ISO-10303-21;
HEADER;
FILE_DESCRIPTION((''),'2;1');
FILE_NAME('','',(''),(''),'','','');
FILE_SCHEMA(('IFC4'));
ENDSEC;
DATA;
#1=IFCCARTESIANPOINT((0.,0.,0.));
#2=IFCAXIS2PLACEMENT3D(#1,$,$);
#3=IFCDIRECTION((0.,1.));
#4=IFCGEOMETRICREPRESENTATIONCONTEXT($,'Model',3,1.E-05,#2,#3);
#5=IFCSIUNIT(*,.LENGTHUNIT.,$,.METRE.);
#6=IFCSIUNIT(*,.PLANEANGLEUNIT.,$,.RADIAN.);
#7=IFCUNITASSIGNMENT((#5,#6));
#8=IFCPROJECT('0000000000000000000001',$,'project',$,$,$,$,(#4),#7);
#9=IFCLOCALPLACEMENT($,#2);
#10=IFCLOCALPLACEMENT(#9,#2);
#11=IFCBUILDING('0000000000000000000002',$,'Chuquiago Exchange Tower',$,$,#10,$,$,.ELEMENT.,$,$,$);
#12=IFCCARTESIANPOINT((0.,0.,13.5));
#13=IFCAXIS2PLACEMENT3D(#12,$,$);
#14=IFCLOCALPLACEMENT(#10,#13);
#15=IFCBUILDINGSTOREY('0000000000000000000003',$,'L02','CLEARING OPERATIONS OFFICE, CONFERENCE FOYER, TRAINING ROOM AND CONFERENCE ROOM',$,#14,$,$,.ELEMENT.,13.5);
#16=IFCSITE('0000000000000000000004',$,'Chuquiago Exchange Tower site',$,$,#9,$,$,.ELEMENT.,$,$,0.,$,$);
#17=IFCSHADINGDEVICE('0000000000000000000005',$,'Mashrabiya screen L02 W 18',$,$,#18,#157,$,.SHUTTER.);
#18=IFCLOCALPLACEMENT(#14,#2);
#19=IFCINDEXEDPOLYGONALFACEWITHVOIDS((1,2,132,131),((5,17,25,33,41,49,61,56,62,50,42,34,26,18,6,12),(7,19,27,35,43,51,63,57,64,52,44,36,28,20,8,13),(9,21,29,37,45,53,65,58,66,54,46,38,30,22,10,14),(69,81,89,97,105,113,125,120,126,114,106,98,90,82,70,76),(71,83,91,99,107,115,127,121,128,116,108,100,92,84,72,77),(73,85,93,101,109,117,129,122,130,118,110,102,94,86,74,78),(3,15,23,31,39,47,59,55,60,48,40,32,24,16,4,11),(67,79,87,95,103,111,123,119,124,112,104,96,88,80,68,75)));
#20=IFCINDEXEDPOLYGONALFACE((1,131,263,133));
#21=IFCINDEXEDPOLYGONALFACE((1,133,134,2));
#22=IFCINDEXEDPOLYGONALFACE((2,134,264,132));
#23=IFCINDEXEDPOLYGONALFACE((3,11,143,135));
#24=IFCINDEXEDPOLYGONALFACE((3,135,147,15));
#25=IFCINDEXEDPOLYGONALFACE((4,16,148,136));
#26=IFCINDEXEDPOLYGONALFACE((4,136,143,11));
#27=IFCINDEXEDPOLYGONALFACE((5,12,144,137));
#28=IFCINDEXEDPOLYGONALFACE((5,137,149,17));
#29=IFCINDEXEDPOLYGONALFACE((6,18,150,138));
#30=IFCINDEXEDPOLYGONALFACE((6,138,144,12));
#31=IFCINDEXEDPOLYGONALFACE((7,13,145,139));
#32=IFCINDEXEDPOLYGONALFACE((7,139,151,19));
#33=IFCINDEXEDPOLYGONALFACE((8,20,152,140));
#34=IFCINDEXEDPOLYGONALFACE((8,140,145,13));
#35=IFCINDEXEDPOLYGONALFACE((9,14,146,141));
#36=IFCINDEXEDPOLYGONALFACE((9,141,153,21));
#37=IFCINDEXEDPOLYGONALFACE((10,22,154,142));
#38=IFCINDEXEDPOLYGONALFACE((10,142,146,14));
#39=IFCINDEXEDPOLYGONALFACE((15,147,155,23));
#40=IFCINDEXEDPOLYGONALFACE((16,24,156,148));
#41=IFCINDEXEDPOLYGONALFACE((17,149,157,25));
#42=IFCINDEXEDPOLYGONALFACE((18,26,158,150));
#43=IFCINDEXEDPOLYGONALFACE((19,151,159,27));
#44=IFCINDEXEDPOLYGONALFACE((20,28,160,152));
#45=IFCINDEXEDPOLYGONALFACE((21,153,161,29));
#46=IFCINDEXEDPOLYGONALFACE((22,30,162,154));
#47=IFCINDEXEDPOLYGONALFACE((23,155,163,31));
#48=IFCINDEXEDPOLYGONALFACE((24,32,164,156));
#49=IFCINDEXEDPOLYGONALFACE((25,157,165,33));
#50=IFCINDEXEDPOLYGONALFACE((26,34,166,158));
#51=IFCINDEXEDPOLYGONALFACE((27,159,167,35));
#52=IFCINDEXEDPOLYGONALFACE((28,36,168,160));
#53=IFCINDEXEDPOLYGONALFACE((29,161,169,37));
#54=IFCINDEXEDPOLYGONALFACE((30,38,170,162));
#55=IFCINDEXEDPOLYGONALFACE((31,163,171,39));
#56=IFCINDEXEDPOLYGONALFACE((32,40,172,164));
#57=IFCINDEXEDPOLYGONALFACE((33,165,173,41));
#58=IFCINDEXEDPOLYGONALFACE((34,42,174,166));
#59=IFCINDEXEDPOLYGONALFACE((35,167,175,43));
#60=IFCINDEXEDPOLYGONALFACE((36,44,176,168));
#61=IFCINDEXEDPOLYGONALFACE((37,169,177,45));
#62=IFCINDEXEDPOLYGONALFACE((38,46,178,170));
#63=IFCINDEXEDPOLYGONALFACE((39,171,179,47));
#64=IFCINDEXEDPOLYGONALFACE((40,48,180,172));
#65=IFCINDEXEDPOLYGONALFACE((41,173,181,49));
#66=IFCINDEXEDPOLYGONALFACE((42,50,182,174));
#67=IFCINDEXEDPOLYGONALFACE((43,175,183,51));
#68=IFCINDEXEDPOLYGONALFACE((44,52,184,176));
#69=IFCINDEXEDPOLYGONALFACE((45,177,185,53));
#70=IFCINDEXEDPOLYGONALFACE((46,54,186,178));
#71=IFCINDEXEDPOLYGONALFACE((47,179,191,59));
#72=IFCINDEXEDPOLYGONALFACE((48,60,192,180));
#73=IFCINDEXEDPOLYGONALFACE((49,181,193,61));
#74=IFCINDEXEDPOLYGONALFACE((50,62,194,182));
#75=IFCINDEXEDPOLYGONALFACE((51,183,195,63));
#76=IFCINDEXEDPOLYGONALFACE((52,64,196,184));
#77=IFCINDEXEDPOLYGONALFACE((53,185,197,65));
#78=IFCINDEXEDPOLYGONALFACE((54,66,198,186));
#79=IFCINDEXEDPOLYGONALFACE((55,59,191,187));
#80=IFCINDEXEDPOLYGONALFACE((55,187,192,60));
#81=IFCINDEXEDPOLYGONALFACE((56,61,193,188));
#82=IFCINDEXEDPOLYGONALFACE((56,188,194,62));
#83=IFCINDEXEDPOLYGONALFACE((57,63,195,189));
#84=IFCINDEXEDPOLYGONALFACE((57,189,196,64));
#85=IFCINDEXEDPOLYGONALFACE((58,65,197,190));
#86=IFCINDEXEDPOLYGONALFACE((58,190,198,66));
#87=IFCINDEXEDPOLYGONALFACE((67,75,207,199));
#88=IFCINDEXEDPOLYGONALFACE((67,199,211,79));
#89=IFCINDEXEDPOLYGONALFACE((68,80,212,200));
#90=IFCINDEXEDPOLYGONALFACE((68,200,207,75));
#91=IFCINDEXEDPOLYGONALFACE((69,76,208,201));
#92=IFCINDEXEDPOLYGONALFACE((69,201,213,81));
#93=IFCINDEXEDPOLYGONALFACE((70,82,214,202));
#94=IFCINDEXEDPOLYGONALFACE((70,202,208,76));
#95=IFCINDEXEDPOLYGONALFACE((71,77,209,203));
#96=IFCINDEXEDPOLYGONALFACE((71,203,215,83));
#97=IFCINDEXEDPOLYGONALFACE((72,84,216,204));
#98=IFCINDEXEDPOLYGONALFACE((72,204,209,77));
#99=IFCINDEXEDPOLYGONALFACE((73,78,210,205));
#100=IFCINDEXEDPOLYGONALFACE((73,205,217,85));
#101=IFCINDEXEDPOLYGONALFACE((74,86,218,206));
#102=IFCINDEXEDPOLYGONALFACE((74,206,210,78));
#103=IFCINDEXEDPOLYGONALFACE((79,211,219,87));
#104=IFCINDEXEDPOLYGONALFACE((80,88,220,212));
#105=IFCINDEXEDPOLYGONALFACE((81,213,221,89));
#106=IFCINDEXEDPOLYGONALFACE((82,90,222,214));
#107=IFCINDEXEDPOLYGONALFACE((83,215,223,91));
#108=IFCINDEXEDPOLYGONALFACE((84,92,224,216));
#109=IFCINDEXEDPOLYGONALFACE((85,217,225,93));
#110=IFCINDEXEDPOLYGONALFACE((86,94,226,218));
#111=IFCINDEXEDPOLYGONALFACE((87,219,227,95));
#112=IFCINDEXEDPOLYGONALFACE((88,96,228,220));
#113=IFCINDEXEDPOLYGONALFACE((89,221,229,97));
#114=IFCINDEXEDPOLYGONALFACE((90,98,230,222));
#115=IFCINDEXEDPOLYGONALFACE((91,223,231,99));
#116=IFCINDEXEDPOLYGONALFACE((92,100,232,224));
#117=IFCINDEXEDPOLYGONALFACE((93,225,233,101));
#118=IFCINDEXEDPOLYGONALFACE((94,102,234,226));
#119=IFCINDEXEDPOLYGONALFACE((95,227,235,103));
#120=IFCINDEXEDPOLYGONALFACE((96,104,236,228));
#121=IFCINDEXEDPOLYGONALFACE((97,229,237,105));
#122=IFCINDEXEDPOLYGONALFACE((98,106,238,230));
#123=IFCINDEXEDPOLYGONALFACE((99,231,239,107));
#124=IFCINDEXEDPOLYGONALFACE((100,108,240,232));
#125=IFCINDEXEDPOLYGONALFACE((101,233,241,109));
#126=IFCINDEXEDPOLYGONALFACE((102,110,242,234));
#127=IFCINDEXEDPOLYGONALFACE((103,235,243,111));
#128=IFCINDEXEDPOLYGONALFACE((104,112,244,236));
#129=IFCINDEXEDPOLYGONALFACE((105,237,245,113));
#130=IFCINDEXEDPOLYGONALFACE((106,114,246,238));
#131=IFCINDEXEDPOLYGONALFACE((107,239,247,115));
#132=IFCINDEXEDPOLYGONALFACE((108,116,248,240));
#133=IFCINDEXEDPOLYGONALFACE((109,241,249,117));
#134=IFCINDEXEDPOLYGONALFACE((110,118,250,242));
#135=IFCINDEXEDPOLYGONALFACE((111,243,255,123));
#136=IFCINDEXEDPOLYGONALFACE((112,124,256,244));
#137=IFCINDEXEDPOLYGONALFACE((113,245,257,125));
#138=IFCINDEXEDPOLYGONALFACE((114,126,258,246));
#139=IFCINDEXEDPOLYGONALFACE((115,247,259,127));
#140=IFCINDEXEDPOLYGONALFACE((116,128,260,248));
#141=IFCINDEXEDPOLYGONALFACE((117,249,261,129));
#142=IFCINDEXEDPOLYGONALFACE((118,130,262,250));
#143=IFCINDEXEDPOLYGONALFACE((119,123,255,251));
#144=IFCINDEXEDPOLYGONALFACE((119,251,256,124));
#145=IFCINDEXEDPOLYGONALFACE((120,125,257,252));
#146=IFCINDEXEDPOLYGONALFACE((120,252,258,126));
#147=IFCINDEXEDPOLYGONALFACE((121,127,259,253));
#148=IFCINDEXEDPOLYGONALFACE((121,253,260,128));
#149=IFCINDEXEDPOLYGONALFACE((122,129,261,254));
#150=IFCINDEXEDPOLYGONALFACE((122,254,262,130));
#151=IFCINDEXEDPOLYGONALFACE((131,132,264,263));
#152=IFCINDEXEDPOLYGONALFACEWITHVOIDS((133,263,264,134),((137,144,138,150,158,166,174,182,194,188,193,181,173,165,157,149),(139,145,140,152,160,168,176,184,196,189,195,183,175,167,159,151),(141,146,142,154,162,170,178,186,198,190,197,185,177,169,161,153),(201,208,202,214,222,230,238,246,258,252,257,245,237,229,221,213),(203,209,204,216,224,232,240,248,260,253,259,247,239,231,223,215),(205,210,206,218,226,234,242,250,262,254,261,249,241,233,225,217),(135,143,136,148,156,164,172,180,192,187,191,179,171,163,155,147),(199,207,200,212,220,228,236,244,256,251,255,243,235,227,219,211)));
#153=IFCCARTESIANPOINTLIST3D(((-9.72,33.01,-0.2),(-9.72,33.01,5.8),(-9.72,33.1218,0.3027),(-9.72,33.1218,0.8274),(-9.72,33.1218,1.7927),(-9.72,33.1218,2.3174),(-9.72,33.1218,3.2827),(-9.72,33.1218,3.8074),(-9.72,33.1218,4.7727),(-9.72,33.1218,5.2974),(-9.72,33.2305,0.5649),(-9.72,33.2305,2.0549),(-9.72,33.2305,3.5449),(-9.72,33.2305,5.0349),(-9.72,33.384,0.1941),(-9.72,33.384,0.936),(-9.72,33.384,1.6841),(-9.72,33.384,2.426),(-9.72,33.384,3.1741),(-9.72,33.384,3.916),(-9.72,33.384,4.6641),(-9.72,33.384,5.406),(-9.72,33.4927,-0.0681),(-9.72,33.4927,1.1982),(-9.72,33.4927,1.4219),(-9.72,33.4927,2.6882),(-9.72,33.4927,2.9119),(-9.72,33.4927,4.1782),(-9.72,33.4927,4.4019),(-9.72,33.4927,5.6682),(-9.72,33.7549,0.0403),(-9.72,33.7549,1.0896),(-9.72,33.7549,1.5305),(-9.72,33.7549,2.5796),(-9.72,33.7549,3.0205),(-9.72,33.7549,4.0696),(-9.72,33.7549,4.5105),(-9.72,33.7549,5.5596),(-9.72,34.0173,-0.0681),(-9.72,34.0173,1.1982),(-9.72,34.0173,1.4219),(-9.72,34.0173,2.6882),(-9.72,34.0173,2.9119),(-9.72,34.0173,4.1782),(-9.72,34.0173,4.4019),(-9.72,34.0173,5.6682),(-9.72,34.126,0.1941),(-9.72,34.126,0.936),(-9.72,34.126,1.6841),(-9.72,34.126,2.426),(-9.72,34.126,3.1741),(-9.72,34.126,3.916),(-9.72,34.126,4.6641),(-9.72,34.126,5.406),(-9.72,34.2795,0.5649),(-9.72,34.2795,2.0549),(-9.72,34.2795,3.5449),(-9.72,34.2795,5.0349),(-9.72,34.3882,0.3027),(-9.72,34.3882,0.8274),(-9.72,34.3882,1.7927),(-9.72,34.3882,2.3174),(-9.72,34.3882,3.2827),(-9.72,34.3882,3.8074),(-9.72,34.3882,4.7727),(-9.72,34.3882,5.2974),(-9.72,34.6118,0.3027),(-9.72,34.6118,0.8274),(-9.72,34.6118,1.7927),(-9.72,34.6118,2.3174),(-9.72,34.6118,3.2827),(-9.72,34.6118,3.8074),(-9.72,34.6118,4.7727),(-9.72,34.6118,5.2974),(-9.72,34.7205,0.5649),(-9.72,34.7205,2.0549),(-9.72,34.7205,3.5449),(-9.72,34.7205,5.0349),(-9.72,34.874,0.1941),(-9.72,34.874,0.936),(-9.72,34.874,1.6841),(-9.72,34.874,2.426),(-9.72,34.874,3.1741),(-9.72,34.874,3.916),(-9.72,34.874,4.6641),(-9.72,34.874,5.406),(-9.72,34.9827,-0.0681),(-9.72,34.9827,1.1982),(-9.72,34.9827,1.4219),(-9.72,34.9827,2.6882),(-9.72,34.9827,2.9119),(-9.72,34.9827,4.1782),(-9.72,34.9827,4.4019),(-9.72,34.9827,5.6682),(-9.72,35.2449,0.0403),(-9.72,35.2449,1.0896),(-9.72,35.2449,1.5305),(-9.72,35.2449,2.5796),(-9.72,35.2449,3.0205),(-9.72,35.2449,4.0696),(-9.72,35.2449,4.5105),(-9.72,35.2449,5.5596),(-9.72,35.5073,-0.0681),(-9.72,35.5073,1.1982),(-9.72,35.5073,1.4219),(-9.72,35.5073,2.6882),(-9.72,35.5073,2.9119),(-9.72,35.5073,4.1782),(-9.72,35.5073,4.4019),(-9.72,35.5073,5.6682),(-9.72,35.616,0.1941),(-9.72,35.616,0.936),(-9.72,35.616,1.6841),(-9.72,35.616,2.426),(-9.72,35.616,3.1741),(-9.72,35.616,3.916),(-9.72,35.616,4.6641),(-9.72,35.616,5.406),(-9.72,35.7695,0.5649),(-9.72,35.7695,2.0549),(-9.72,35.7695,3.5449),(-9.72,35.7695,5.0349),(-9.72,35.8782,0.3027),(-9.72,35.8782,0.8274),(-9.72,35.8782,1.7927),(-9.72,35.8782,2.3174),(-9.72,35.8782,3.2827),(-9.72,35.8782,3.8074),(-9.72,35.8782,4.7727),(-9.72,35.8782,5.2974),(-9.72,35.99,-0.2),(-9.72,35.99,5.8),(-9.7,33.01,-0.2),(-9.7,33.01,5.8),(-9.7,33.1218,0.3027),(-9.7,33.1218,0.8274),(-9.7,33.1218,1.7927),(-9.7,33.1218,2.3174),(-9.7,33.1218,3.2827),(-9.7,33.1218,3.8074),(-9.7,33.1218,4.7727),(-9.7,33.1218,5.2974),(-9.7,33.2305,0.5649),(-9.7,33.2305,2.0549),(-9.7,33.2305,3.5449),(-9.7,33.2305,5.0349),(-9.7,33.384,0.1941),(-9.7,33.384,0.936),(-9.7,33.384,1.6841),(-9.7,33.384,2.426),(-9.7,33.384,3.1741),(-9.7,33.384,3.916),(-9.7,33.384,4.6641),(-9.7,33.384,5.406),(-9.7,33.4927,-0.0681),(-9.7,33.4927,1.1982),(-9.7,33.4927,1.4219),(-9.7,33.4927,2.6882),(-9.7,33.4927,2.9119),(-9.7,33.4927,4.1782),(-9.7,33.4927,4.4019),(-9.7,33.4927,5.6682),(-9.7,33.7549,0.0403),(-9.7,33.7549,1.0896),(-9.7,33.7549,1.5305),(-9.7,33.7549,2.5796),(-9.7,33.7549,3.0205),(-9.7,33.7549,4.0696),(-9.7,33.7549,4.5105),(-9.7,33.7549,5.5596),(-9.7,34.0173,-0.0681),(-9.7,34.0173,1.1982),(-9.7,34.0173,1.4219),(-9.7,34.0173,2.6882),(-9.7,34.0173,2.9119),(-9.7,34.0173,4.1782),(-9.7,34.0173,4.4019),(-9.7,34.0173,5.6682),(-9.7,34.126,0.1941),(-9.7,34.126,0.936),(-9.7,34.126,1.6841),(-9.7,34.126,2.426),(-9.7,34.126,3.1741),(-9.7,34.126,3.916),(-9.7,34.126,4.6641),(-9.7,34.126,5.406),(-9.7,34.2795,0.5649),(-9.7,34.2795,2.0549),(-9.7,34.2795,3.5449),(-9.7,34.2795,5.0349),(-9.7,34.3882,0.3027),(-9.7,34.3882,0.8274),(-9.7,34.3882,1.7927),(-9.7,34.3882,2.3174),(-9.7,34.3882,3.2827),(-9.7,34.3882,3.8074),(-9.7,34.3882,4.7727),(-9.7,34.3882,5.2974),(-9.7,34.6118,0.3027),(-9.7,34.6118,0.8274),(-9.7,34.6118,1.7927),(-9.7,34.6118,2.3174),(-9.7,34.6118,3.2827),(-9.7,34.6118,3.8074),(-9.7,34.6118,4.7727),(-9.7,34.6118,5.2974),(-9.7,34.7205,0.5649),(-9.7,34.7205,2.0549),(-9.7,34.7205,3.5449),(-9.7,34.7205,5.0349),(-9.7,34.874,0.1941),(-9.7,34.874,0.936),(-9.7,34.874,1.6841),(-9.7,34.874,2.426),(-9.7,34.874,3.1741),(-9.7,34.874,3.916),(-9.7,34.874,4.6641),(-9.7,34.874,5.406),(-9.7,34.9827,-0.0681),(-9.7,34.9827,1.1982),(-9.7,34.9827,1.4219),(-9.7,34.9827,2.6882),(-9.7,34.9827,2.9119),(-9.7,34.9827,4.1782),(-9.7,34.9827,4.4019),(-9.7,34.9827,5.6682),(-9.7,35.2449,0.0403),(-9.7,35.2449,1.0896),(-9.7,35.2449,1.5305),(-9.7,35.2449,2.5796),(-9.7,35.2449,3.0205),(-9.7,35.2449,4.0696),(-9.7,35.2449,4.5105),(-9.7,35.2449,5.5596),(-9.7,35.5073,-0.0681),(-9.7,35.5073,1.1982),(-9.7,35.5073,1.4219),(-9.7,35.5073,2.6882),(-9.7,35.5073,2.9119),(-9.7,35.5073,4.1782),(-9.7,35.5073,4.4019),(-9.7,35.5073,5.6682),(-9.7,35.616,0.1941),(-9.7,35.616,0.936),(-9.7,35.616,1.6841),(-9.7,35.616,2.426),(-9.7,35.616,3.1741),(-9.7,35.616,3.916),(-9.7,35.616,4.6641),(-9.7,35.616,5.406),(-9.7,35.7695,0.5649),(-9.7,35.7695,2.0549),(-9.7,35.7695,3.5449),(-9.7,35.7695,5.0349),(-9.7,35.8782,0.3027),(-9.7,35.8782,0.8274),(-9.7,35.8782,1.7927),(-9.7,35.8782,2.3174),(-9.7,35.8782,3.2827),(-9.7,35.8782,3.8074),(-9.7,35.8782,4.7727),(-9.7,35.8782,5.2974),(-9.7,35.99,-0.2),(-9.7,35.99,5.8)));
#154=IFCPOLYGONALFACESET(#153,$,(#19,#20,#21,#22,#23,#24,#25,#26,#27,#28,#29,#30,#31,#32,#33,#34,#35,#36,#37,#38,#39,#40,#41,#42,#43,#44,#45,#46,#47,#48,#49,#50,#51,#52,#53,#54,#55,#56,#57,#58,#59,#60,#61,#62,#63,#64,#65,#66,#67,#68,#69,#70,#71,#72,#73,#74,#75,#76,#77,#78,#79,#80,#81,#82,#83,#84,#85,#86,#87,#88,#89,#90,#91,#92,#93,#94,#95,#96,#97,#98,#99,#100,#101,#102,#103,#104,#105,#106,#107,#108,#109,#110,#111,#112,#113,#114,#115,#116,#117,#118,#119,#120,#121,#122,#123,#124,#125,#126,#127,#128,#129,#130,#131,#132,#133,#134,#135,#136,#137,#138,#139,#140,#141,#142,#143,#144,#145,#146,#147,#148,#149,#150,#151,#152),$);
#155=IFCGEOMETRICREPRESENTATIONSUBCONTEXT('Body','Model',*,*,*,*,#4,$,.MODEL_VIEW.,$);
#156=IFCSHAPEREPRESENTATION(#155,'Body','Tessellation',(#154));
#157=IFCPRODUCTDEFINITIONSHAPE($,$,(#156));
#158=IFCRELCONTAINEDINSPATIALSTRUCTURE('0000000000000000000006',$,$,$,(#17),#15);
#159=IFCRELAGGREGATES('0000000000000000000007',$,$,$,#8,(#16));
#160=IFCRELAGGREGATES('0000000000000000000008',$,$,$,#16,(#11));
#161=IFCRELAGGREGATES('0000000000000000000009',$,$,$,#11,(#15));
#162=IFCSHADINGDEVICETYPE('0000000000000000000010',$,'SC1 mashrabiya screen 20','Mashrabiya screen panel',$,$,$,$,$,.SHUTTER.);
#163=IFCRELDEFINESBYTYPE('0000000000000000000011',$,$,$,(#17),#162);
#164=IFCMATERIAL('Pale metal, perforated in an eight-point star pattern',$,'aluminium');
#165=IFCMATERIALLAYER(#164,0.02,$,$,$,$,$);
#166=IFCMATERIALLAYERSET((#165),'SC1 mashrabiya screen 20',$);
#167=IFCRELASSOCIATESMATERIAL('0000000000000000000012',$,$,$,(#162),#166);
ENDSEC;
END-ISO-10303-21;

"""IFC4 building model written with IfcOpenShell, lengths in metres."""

from ifc_helpers import new_model, si_unit, direction, frame, origin, place, context, subcontext, project, spatial, polyline, outline, extrude, material, layer, layer_set, type_object, element, save


model = new_model("IFC4")

# Units and contexts
model_context = context("Model", 3, precision=1e-05, world=origin(), true_north=direction((0.0, 1.0)))
body_context = subcontext(model_context, "Body", "Model", "MODEL_VIEW")
ifc_project = project(units=[si_unit("LENGTHUNIT", "METRE"), si_unit("PLANEANGLEUNIT", "RADIAN")], contexts=[model_context])

# Site, building, storey
site_placement = place(None, origin())
site = spatial("IfcSite", under=ifc_project, at=site_placement, Name="Chuquiago Exchange Tower site", CompositionType="ELEMENT", RefElevation=0.0)
building_placement = place(site_placement, origin())
building = spatial("IfcBuilding", under=site, at=building_placement, Name="Chuquiago Exchange Tower", CompositionType="ELEMENT")
storey_placement = place(building_placement, frame((0.0, 0.0, 13.5)))
storey = spatial("IfcBuildingStorey", under=building, at=storey_placement, Name="L02", Description="CLEARING OPERATIONS OFFICE, CONFERENCE FOYER, TRAINING ROOM AND CONFERENCE ROOM", CompositionType="ELEMENT", Elevation=13.5)

# Shading device
ifc_material_1 = material(Name="Pale metal, perforated in an eight-point star pattern", Category="aluminium")
ifc_layer_1 = layer(ifc_material_1, 0.02)
ifc_layer_set_1 = layer_set([ifc_layer_1], Name="SC1 mashrabiya screen 20")
shading_device_type = type_object("IfcShadingDeviceType", Name="SC1 mashrabiya screen 20", Description="Mashrabiya screen panel", PredefinedType="SHUTTER", material=ifc_layer_set_1)
shading_device_1_placement = place(storey_placement, frame((-9.7, 35.99, -0.2), z_axis=(0.0, 0.0, 1.0), x_axis=(0.0, -1.0, 0.0)))
element("IfcShadingDevice", 1, at=shading_device_1_placement, inside=storey, type_object=shading_device_type, Name="Mashrabiya screen L02 W 18", PredefinedType="SHUTTER", context=body_context, shape_type="SweptSolid", body=[
    extrude(outline(polyline([(0.0, 0.0), (2.98, 0.0), (2.98, 6.0), (0.0, 6.0), (0.0, 0.0)]), holes=[polyline([(1.2695, 0.7649), (1.3782, 1.0273), (1.116, 1.136), (1.0073, 1.3982), (0.7451, 1.2896), (0.4827, 1.3982), (0.374, 1.136), (0.1118, 1.0273), (0.2205, 0.7649), (0.1118, 0.5027), (0.374, 0.394), (0.4827, 0.1318), (0.7451, 0.2402), (1.0073, 0.1318), (1.116, 0.394), (1.3782, 0.5027), (1.2695, 0.7649)]), polyline([(2.7595, 0.7649), (2.8682, 1.0273), (2.606, 1.136), (2.4973, 1.3982), (2.2351, 1.2896), (1.9727, 1.3982), (1.864, 1.136), (1.6018, 1.0273), (1.7104, 0.7649), (1.6018, 0.5027), (1.864, 0.394), (1.9727, 0.1318), (2.2351, 0.2402), (2.4973, 0.1318), (2.606, 0.394), (2.8682, 0.5027), (2.7595, 0.7649)]), polyline([(1.2695, 2.2549), (1.3782, 2.5173), (1.116, 2.626), (1.0073, 2.8882), (0.7451, 2.7795), (0.4827, 2.8882), (0.374, 2.626), (0.1118, 2.5173), (0.2205, 2.2549), (0.1118, 1.9927), (0.374, 1.884), (0.4827, 1.6218), (0.7451, 1.7305), (1.0073, 1.6218), (1.116, 1.884), (1.3782, 1.9927), (1.2695, 2.2549)]), polyline([(2.7595, 2.2549), (2.8682, 2.5173), (2.606, 2.626), (2.4973, 2.8882), (2.2351, 2.7795), (1.9727, 2.8882), (1.864, 2.626), (1.6018, 2.5173), (1.7104, 2.2549), (1.6018, 1.9927), (1.864, 1.884), (1.9727, 1.6218), (2.2351, 1.7305), (2.4973, 1.6218), (2.606, 1.884), (2.8682, 1.9927), (2.7595, 2.2549)]), polyline([(1.2695, 3.7449), (1.3782, 4.0073), (1.116, 4.116), (1.0073, 4.3782), (0.7451, 4.2695), (0.4827, 4.3782), (0.374, 4.116), (0.1118, 4.0073), (0.2205, 3.7449), (0.1118, 3.4827), (0.374, 3.374), (0.4827, 3.1118), (0.7451, 3.2205), (1.0073, 3.1118), (1.116, 3.374), (1.3782, 3.4827), (1.2695, 3.7449)]), polyline([(2.7595, 3.7449), (2.8682, 4.0073), (2.606, 4.116), (2.4973, 4.3782), (2.2351, 4.2695), (1.9727, 4.3782), (1.864, 4.116), (1.6018, 4.0073), (1.7104, 3.7449), (1.6018, 3.4827), (1.864, 3.374), (1.9727, 3.1118), (2.2351, 3.2205), (2.4973, 3.1118), (2.606, 3.374), (2.8682, 3.4827), (2.7595, 3.7449)]), polyline([(1.2695, 5.2349), (1.3782, 5.4973), (1.116, 5.606), (1.0073, 5.8682), (0.7451, 5.7595), (0.4827, 5.8682), (0.374, 5.606), (0.1118, 5.4973), (0.2205, 5.2349), (0.1118, 4.9727), (0.374, 4.864), (0.4827, 4.6018), (0.7451, 4.7104), (1.0073, 4.6018), (1.116, 4.864), (1.3782, 4.9727), (1.2695, 5.2349)]), polyline([(2.7595, 5.2349), (2.8682, 5.4973), (2.606, 5.606), (2.4973, 5.8682), (2.2351, 5.7595), (1.9727, 5.8682), (1.864, 5.606), (1.6018, 5.4973), (1.7104, 5.2349), (1.6018, 4.9727), (1.864, 4.864), (1.9727, 4.6018), (2.2351, 4.7104), (2.4973, 4.6018), (2.606, 4.864), (2.8682, 4.9727), (2.7595, 5.2349)])]), frame((0.0, 0.0, 0.0), z_axis=(0.0, -1.0, 0.0), x_axis=(1.0, 0.0, 0.0)), (0.0, 0.0, 1.0), 0.02),
])

save(model, "model.ifc")
